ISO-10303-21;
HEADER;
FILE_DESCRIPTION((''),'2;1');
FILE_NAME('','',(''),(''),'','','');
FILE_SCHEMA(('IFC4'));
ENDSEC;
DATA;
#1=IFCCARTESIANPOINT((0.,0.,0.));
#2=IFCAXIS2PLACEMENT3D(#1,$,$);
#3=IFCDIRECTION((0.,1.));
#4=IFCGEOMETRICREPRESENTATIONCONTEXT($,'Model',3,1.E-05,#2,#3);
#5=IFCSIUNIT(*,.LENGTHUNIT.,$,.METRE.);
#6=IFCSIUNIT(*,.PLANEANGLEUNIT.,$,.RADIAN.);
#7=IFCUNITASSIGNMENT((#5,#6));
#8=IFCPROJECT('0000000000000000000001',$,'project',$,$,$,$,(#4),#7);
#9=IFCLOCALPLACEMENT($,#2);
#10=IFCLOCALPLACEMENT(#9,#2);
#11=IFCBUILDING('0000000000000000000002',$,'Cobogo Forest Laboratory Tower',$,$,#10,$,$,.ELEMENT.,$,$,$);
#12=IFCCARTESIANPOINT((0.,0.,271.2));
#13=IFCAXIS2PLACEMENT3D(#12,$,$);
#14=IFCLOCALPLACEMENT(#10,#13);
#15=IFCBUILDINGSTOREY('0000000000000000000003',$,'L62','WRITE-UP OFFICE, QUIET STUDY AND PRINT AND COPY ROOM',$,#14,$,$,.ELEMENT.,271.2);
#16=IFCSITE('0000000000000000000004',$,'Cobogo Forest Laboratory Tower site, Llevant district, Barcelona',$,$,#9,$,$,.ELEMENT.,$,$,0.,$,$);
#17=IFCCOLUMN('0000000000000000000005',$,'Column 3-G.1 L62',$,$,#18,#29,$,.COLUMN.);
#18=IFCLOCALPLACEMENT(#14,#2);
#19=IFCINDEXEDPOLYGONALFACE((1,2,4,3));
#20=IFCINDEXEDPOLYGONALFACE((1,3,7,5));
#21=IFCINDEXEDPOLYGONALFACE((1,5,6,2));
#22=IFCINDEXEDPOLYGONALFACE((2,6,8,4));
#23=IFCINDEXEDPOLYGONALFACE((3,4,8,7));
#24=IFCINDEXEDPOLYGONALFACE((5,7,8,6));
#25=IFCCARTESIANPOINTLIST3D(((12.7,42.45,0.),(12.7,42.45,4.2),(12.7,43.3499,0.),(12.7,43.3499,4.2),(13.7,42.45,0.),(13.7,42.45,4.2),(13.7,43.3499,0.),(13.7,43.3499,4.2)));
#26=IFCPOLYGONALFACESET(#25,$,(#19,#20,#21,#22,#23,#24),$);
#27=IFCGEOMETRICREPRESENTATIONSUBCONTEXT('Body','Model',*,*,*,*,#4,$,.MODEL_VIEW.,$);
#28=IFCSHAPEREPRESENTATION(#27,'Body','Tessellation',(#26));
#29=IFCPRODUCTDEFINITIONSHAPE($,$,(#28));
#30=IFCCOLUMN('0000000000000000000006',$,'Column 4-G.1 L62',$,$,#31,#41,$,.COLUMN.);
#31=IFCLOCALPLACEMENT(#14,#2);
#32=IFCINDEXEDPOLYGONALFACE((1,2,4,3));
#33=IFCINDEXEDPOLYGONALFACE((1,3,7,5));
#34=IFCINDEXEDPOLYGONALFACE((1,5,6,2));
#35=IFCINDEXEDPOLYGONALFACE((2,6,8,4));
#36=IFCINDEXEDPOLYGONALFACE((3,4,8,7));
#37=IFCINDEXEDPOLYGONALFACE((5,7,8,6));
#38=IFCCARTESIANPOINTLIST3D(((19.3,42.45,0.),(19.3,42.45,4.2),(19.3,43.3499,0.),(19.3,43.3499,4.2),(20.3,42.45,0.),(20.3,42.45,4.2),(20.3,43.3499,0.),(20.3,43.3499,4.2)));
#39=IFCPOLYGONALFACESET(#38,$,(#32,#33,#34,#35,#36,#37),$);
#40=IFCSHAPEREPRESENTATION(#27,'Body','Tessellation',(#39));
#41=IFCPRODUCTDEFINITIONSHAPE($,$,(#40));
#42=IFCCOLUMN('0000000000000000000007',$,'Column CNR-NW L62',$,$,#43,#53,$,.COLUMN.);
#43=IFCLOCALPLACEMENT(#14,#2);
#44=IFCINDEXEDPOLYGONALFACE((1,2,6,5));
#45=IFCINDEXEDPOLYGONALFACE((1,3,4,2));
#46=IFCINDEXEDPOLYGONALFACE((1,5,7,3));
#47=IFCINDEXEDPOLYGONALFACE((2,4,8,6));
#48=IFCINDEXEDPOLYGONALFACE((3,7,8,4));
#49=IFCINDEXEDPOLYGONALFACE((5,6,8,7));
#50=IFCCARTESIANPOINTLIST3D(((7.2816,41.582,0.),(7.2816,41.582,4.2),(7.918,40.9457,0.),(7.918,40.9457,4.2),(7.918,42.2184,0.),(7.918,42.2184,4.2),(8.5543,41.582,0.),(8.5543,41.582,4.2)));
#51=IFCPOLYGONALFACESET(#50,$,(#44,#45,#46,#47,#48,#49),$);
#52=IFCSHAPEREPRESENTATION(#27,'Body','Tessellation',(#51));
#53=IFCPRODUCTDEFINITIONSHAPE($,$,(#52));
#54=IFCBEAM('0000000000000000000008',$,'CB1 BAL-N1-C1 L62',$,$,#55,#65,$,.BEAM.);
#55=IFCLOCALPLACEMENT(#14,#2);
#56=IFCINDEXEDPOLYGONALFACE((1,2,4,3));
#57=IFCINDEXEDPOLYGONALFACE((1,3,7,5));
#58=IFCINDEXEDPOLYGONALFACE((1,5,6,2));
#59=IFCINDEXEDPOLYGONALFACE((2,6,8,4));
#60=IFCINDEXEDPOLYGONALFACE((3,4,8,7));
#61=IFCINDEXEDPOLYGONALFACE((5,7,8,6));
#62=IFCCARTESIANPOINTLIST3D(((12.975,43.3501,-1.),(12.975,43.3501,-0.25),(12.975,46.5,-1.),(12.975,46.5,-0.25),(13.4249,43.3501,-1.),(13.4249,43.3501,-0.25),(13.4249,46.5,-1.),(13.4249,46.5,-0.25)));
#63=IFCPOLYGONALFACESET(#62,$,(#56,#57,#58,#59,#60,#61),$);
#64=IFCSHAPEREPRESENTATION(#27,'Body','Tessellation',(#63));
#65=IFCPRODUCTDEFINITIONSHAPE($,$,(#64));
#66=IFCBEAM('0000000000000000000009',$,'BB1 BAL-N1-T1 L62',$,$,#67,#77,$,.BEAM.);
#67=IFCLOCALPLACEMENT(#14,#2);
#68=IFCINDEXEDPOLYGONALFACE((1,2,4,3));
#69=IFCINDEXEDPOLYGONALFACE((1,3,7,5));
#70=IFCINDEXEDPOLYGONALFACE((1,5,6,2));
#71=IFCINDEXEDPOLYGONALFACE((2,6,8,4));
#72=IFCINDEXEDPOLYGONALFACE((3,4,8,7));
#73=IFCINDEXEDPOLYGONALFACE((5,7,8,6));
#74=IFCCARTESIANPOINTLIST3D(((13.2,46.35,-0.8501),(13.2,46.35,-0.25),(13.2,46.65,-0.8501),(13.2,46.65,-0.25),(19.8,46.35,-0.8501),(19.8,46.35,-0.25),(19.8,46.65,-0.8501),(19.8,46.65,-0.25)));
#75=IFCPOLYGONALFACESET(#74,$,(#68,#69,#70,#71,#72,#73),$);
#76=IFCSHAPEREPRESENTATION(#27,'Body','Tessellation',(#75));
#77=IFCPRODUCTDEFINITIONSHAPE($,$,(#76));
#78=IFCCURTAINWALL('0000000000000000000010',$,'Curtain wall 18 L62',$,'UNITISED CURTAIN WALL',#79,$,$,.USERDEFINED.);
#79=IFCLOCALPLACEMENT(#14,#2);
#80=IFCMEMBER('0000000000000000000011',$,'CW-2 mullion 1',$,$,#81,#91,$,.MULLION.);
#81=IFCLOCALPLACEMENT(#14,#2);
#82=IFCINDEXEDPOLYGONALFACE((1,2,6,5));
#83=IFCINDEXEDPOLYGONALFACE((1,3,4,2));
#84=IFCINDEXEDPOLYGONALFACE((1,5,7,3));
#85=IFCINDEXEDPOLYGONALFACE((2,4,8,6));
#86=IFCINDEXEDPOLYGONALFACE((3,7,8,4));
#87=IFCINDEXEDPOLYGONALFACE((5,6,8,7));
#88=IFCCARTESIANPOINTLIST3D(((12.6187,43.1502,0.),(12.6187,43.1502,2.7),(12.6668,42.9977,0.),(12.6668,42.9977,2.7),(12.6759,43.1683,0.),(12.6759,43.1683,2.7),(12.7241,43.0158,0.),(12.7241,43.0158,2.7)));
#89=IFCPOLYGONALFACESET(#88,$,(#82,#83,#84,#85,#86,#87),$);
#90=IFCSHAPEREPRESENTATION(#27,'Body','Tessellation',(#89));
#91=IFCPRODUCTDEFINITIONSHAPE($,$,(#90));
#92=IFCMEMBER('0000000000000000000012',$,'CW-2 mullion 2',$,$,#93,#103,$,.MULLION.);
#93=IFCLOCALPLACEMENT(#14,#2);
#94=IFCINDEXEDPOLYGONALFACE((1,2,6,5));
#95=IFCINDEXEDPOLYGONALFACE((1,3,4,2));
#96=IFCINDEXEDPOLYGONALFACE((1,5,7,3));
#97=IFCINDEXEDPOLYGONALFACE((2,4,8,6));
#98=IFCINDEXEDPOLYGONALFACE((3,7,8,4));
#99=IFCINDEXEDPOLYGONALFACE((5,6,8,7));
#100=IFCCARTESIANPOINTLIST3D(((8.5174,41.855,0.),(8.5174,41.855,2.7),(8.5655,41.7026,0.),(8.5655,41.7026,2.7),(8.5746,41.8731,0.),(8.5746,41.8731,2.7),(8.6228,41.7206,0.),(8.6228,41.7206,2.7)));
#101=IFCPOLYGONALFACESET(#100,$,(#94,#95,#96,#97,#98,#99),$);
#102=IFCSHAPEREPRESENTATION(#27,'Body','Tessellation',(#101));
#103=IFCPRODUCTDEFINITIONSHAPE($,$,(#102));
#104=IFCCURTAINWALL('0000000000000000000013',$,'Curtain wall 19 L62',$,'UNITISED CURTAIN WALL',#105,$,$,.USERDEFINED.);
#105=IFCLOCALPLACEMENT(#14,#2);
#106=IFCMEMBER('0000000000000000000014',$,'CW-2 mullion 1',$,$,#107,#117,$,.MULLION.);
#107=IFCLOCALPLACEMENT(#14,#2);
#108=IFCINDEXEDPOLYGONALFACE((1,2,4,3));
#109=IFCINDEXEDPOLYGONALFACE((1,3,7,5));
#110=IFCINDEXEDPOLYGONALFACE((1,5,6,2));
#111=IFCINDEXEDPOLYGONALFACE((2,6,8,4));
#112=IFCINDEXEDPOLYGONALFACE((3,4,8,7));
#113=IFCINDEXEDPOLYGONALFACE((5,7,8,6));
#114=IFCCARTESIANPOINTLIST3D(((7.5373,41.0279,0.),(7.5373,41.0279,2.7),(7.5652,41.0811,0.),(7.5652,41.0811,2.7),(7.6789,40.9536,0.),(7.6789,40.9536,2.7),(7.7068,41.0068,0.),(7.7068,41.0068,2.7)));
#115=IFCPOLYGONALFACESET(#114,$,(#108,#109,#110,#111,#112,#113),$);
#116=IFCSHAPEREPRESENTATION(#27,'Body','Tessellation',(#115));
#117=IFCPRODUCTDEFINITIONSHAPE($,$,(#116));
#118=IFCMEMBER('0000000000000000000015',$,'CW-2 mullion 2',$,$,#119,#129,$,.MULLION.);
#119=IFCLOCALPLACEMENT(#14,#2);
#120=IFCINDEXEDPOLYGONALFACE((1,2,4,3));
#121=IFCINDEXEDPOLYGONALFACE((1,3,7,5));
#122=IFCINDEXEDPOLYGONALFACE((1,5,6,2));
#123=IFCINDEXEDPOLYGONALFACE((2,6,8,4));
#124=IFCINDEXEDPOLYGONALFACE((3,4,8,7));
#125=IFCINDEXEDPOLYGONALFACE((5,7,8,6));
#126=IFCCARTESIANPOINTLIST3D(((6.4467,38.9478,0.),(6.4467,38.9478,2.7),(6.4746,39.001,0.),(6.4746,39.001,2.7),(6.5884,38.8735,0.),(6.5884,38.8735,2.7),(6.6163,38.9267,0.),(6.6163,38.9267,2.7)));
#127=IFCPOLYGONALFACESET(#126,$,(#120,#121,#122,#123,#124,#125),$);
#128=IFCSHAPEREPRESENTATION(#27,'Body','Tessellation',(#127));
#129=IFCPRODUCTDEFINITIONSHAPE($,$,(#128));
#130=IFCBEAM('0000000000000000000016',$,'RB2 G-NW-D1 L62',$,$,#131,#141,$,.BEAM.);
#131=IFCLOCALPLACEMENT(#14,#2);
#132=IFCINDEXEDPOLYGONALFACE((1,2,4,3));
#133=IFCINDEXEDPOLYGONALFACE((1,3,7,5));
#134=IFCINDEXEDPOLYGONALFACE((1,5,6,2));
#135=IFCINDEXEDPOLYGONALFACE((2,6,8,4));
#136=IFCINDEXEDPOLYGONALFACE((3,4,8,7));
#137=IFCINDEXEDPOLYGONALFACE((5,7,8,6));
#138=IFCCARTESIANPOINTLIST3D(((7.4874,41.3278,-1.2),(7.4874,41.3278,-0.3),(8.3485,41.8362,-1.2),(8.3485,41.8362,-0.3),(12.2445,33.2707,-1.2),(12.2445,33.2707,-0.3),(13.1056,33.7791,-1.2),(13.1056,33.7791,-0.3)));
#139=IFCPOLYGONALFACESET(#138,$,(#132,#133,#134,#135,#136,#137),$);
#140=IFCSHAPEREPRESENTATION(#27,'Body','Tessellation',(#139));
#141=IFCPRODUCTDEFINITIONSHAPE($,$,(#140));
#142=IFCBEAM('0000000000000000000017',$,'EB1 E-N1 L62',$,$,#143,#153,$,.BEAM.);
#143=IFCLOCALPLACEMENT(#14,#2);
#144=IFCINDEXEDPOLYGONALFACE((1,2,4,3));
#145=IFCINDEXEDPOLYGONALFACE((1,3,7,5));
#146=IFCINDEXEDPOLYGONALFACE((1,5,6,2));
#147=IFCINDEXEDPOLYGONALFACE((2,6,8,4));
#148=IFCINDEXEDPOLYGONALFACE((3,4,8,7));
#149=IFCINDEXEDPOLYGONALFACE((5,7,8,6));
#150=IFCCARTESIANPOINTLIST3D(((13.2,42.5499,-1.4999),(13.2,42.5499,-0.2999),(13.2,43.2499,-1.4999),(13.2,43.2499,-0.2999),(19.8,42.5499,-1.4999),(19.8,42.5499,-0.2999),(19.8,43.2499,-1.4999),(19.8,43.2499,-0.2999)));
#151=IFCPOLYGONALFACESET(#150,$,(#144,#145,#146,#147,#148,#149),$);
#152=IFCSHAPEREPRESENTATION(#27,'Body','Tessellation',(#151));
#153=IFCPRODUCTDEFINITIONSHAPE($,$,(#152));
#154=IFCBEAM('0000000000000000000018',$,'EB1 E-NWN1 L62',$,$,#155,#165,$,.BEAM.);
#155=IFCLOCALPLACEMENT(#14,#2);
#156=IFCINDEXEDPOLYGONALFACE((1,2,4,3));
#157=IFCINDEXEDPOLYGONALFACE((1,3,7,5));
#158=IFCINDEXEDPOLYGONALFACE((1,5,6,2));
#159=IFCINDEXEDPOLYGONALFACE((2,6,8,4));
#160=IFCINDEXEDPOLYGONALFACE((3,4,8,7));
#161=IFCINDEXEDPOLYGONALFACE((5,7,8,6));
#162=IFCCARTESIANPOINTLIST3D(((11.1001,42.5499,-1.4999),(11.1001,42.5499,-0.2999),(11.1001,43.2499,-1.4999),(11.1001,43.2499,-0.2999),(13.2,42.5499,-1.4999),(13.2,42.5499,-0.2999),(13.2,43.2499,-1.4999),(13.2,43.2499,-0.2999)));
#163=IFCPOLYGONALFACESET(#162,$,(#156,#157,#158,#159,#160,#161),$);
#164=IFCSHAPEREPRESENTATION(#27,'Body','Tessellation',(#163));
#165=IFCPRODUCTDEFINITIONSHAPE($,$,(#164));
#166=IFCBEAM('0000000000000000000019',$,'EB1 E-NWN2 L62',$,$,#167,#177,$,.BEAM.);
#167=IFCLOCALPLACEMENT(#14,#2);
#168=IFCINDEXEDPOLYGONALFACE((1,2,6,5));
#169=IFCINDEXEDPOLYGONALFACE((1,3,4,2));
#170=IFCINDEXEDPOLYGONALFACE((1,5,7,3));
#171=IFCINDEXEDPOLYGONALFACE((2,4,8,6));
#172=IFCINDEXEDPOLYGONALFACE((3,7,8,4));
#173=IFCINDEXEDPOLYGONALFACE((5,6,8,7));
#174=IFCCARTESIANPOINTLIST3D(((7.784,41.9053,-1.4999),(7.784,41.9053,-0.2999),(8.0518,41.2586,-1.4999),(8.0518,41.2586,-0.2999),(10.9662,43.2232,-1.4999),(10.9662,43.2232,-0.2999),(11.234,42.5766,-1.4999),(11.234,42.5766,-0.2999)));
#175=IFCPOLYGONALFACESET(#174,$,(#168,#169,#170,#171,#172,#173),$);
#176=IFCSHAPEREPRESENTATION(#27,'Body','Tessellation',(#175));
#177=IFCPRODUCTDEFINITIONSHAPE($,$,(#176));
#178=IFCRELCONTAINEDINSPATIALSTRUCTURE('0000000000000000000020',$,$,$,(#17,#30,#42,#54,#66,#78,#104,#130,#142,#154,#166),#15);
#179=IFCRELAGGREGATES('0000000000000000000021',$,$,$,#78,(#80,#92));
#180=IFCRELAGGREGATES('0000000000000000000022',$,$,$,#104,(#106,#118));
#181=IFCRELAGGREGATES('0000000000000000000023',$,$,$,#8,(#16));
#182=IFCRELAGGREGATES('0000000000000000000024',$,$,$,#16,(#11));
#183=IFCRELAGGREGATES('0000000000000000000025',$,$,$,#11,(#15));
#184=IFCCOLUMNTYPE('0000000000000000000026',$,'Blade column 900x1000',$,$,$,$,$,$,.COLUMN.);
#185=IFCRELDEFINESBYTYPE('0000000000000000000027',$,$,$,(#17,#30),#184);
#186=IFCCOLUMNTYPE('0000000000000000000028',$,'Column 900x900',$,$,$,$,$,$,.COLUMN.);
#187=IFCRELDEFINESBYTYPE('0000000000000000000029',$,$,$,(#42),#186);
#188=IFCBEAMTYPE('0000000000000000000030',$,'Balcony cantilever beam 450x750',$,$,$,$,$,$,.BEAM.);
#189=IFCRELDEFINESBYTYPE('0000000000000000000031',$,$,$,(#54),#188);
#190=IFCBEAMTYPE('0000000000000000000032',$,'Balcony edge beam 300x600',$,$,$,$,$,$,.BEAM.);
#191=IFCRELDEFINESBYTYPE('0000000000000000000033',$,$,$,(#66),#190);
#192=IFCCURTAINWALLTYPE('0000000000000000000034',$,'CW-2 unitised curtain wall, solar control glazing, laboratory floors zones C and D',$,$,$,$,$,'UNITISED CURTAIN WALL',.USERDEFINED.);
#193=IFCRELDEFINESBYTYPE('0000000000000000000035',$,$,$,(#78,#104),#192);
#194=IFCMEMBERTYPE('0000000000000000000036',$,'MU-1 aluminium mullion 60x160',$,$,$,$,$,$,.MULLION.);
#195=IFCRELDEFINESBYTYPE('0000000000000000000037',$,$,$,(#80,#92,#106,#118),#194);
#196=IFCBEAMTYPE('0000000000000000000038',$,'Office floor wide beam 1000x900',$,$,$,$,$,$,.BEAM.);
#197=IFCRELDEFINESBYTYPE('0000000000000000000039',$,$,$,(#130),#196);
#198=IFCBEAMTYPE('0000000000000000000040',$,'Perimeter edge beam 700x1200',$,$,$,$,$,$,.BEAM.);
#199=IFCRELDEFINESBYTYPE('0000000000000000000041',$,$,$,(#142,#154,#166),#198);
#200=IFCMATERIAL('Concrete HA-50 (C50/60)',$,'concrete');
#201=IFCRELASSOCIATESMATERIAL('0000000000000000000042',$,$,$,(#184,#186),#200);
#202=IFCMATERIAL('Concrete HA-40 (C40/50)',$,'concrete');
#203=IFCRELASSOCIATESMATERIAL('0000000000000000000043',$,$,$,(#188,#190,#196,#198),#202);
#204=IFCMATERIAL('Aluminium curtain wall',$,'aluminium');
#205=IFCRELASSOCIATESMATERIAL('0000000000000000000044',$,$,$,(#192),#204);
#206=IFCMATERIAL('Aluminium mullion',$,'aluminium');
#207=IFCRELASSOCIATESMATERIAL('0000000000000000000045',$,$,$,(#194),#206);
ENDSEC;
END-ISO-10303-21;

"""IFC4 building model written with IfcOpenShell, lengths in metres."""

from ifc_helpers import new_model, si_unit, direction, frame, origin, origin_2d, place, context, subcontext, project, spatial, rectangle, extrude, material, material_profile, profile_set, type_object, element, aggregate, save


model = new_model("IFC4")

# Units and contexts
model_context = context("Model", 3, precision=1e-05, world=origin(), true_north=direction((0.0, 1.0)))
body_context = subcontext(model_context, "Body", "Model", "MODEL_VIEW")
ifc_project = project(units=[si_unit("LENGTHUNIT", "METRE"), si_unit("PLANEANGLEUNIT", "RADIAN")], contexts=[model_context])

# Site, building, storey
site_placement = place(None, origin())
site = spatial("IfcSite", under=ifc_project, at=site_placement, Name="Cobogo Forest Laboratory Tower site, Llevant district, Barcelona", CompositionType="ELEMENT", RefElevation=0.0)
building_placement = place(site_placement, origin())
building = spatial("IfcBuilding", under=site, at=building_placement, Name="Cobogo Forest Laboratory Tower", CompositionType="ELEMENT")
storey_placement = place(building_placement, frame((0.0, 0.0, 271.2)))
storey = spatial("IfcBuildingStorey", under=building, at=storey_placement, Name="L62", Description="WRITE-UP OFFICE, QUIET STUDY AND PRINT AND COPY ROOM", CompositionType="ELEMENT", Elevation=271.2)

# Columns
ifc_material_1 = material(Name="Concrete HA-50 (C50/60)", Category="concrete")
ifc_material_profile_1 = material_profile(ifc_material_1, rectangle(XDim=1.0, YDim=0.8999, at=origin_2d()), Name="RC 900x1000")
ifc_profile_set_1 = profile_set([ifc_material_profile_1], Name="Concrete HA-50 (C50/60)")
column_type_1 = type_object("IfcColumnType", Name="Blade column 900x1000", PredefinedType="COLUMN", material=ifc_profile_set_1)
for number, where, z_axis, x_axis, name in (
    (1, (13.2, 42.8999, 0.0), (0.0, 0.0, 1.0), (1.0, 0.0, 0.0), "Column 3-G.1 L62"),
    (2, (19.8, 42.8999, 0.0), (0.0, 0.0, 1.0), (1.0, 0.0, 0.0), "Column 4-G.1 L62"),
):
    element("IfcColumn", number, at=place(storey_placement, frame(where, z_axis=z_axis, x_axis=x_axis)), inside=storey, type_object=column_type_1, Name=name, PredefinedType="COLUMN", context=body_context, shape_type="SweptSolid", body=[
        extrude(rectangle(XDim=1.0, YDim=0.8999, at=origin_2d()), origin(), (0.0, 0.0, 1.0), 4.2),
    ])
ifc_material_profile_2 = material_profile(ifc_material_1, rectangle(XDim=0.8999, YDim=0.8999, at=origin_2d()), Name="RC 900x900")
ifc_profile_set_2 = profile_set([ifc_material_profile_2], Name="Concrete HA-50 (C50/60)")
column_type_2 = type_object("IfcColumnType", Name="Column 900x900", PredefinedType="COLUMN", material=ifc_profile_set_2)
column_placement = place(storey_placement, frame((7.918, 41.582, 0.0), z_axis=(0.0, 0.0, 1.0), x_axis=(0.707107, 0.707107, 0.0)))
element("IfcColumn", 3, at=column_placement, inside=storey, type_object=column_type_2, Name="Column CNR-NW L62", PredefinedType="COLUMN", context=body_context, shape_type="SweptSolid", body=[
    extrude(rectangle(XDim=0.8999, YDim=0.8999, at=origin_2d()), origin(), (0.0, 0.0, 1.0), 4.2),
])

# Beams
ifc_material_2 = material(Name="Concrete HA-40 (C40/50)", Category="concrete")
ifc_material_profile_3 = material_profile(ifc_material_2, rectangle(XDim=0.45, YDim=0.75, at=origin_2d()), Name="RC 450x750")
ifc_profile_set_3 = profile_set([ifc_material_profile_3], Name="Concrete HA-40 (C40/50)")
beam_type_1 = type_object("IfcBeamType", Name="Balcony cantilever beam 450x750", PredefinedType="BEAM", material=ifc_profile_set_3)
beam_1_placement = place(storey_placement, frame((13.2, 43.3501, -0.625), z_axis=(0.0, 1.0, 0.0), x_axis=(-1.0, 0.0, 0.0)))
element("IfcBeam", 4, at=beam_1_placement, inside=storey, type_object=beam_type_1, Name="CB1 BAL-N1-C1 L62", PredefinedType="BEAM", context=body_context, shape_type="SweptSolid", body=[
    extrude(rectangle(XDim=0.45, YDim=0.75, at=origin_2d()), origin(), (0.0, 0.0, 1.0), 3.1499),
])
ifc_material_profile_4 = material_profile(ifc_material_2, rectangle(XDim=0.3, YDim=0.6001, at=origin_2d()), Name="RC 300x600")
ifc_profile_set_4 = profile_set([ifc_material_profile_4], Name="Concrete HA-40 (C40/50)")
beam_type_2 = type_object("IfcBeamType", Name="Balcony edge beam 300x600", PredefinedType="BEAM", material=ifc_profile_set_4)
beam_2_placement = place(storey_placement, frame((13.2, 46.5, -0.55), z_axis=(1.0, 0.0, 0.0), x_axis=(0.0, 1.0, 0.0)))
element("IfcBeam", 5, at=beam_2_placement, inside=storey, type_object=beam_type_2, Name="BB1 BAL-N1-T1 L62", PredefinedType="BEAM", context=body_context, shape_type="SweptSolid", body=[
    extrude(rectangle(XDim=0.3, YDim=0.6001, at=origin_2d()), origin(), (0.0, 0.0, 1.0), 6.6001),
])

# Curtain walls, members
ifc_material_3 = material(Name="Aluminium curtain wall", Category="aluminium")
curtain_wall_type = type_object("IfcCurtainWallType", Name="CW-2 unitised curtain wall, solar control glazing, laboratory floors zones C and D", ElementType="UNITISED CURTAIN WALL", PredefinedType="USERDEFINED", material=ifc_material_3)
curtain_wall_1_placement = place(storey_placement, origin())
curtain_wall_1 = element("IfcCurtainWall", 6, at=curtain_wall_1_placement, inside=storey, type_object=curtain_wall_type, Name="Curtain wall 18 L62", ObjectType="UNITISED CURTAIN WALL", PredefinedType="USERDEFINED")
ifc_material_4 = material(Name="Aluminium mullion", Category="aluminium")
ifc_material_profile_5 = material_profile(ifc_material_4, rectangle(XDim=0.0601, YDim=0.1599, at=origin_2d()), Name="AL 60x160")
ifc_profile_set_5 = profile_set([ifc_material_profile_5], Name="Aluminium mullion")
member_type_1 = type_object("IfcMemberType", Name="MU-1 aluminium mullion 60x160", PredefinedType="MULLION", material=ifc_profile_set_5)
member_1_placement = place(storey_placement, frame((12.6714, 43.083, 0.0), z_axis=(0.0, 0.0, 1.0), x_axis=(-0.953581, -0.301135, 0.0)))
member_1 = element("IfcMember", 7, at=member_1_placement, type_object=member_type_1, Name="CW-2 mullion 1", PredefinedType="MULLION", context=body_context, shape_type="SweptSolid", body=[
    extrude(rectangle(XDim=0.0601, YDim=0.1599, at=origin_2d()), origin(), (0.0, 0.0, 1.0), 2.7),
])
member_2_placement = place(storey_placement, frame((8.5701, 41.7878, 0.0), z_axis=(0.0, 0.0, 1.0), x_axis=(-0.953581, -0.301135, 0.0)))
member_2 = element("IfcMember", 8, at=member_2_placement, type_object=member_type_1, Name="CW-2 mullion 2", PredefinedType="MULLION", context=body_context, shape_type="SweptSolid", body=[
    extrude(rectangle(XDim=0.0601, YDim=0.1599, at=origin_2d()), origin(), (0.0, 0.0, 1.0), 2.7),
])
curtain_wall_2_placement = place(storey_placement, origin())
curtain_wall_2 = element("IfcCurtainWall", 9, at=curtain_wall_2_placement, inside=storey, type_object=curtain_wall_type, Name="Curtain wall 19 L62", ObjectType="UNITISED CURTAIN WALL", PredefinedType="USERDEFINED")
member_3_placement = place(storey_placement, frame((7.6221, 41.0173, 0.0), z_axis=(0.0, 0.0, 1.0), x_axis=(-0.464284, -0.885686, 0.0)))
member_3 = element("IfcMember", 10, at=member_3_placement, type_object=member_type_1, Name="CW-2 mullion 1", PredefinedType="MULLION", context=body_context, shape_type="SweptSolid", body=[
    extrude(rectangle(XDim=0.0601, YDim=0.1599, at=origin_2d()), origin(), (0.0, 0.0, 1.0), 2.7),
])
member_4_placement = place(storey_placement, frame((6.5315, 38.9373, 0.0), z_axis=(0.0, 0.0, 1.0), x_axis=(-0.464284, -0.885686, 0.0)))
member_4 = element("IfcMember", 11, at=member_4_placement, type_object=member_type_1, Name="CW-2 mullion 2", PredefinedType="MULLION", context=body_context, shape_type="SweptSolid", body=[
    extrude(rectangle(XDim=0.0601, YDim=0.1599, at=origin_2d()), origin(), (0.0, 0.0, 1.0), 2.7),
])

# Beams
ifc_material_profile_6 = material_profile(ifc_material_2, rectangle(XDim=1.0, YDim=0.8999, at=origin_2d()), Name="RC 1000x900")
ifc_profile_set_6 = profile_set([ifc_material_profile_6], Name="Concrete HA-40 (C40/50)")
beam_type_3 = type_object("IfcBeamType", Name="Office floor wide beam 1000x900", PredefinedType="BEAM", material=ifc_profile_set_6)
beam_3_placement = place(storey_placement, frame((7.918, 41.582, -0.75), z_axis=(0.508416, -0.861111, 0.0), x_axis=(0.861111, 0.508416, 0.0)))
element("IfcBeam", 12, at=beam_3_placement, inside=storey, type_object=beam_type_3, Name="RB2 G-NW-D1 L62", PredefinedType="BEAM", context=body_context, shape_type="SweptSolid", body=[
    extrude(rectangle(XDim=1.0, YDim=0.8999, at=origin_2d()), origin(), (0.0, 0.0, 1.0), 9.3567),
])
ifc_material_profile_7 = material_profile(ifc_material_2, rectangle(XDim=0.7, YDim=1.2, at=origin_2d()), Name="RC 700x1200")
ifc_profile_set_7 = profile_set([ifc_material_profile_7], Name="Concrete HA-40 (C40/50)")
beam_type_4 = type_object("IfcBeamType", Name="Perimeter edge beam 700x1200", PredefinedType="BEAM", material=ifc_profile_set_7)
beam_4_placement = place(storey_placement, frame((13.2, 42.8999, -0.8999), z_axis=(1.0, 0.0, 0.0), x_axis=(0.0, 1.0, 0.0)))
element("IfcBeam", 13, at=beam_4_placement, inside=storey, type_object=beam_type_4, Name="EB1 E-N1 L62", PredefinedType="BEAM", context=body_context, shape_type="SweptSolid", body=[
    extrude(rectangle(XDim=0.7, YDim=1.2, at=origin_2d()), origin(), (0.0, 0.0, 1.0), 6.6001),
])
beam_5_placement = place(storey_placement, frame((13.2, 42.8999, -0.8999), z_axis=(-1.0, 0.0, 0.0), x_axis=(0.0, -1.0, 0.0)))
element("IfcBeam", 14, at=beam_5_placement, inside=storey, type_object=beam_type_4, Name="EB1 E-NWN1 L62", PredefinedType="BEAM", context=body_context, shape_type="SweptSolid", body=[
    extrude(rectangle(XDim=0.7, YDim=1.2, at=origin_2d()), origin(), (0.0, 0.0, 1.0), 2.0999),
])
beam_6_placement = place(storey_placement, frame((11.1001, 42.8999, -0.8999), z_axis=(-0.923901, -0.382631, 0.0), x_axis=(0.382631, -0.923901, 0.0)))
element("IfcBeam", 15, at=beam_6_placement, inside=storey, type_object=beam_type_4, Name="EB1 E-NWN2 L62", PredefinedType="BEAM", context=body_context, shape_type="SweptSolid", body=[
    extrude(rectangle(XDim=0.7, YDim=1.2, at=origin_2d()), origin(), (0.0, 0.0, 1.0), 3.4443),
])

aggregate(curtain_wall_1, [member_1, member_2])
aggregate(curtain_wall_2, [member_3, member_4])

save(model, "model.ifc")
